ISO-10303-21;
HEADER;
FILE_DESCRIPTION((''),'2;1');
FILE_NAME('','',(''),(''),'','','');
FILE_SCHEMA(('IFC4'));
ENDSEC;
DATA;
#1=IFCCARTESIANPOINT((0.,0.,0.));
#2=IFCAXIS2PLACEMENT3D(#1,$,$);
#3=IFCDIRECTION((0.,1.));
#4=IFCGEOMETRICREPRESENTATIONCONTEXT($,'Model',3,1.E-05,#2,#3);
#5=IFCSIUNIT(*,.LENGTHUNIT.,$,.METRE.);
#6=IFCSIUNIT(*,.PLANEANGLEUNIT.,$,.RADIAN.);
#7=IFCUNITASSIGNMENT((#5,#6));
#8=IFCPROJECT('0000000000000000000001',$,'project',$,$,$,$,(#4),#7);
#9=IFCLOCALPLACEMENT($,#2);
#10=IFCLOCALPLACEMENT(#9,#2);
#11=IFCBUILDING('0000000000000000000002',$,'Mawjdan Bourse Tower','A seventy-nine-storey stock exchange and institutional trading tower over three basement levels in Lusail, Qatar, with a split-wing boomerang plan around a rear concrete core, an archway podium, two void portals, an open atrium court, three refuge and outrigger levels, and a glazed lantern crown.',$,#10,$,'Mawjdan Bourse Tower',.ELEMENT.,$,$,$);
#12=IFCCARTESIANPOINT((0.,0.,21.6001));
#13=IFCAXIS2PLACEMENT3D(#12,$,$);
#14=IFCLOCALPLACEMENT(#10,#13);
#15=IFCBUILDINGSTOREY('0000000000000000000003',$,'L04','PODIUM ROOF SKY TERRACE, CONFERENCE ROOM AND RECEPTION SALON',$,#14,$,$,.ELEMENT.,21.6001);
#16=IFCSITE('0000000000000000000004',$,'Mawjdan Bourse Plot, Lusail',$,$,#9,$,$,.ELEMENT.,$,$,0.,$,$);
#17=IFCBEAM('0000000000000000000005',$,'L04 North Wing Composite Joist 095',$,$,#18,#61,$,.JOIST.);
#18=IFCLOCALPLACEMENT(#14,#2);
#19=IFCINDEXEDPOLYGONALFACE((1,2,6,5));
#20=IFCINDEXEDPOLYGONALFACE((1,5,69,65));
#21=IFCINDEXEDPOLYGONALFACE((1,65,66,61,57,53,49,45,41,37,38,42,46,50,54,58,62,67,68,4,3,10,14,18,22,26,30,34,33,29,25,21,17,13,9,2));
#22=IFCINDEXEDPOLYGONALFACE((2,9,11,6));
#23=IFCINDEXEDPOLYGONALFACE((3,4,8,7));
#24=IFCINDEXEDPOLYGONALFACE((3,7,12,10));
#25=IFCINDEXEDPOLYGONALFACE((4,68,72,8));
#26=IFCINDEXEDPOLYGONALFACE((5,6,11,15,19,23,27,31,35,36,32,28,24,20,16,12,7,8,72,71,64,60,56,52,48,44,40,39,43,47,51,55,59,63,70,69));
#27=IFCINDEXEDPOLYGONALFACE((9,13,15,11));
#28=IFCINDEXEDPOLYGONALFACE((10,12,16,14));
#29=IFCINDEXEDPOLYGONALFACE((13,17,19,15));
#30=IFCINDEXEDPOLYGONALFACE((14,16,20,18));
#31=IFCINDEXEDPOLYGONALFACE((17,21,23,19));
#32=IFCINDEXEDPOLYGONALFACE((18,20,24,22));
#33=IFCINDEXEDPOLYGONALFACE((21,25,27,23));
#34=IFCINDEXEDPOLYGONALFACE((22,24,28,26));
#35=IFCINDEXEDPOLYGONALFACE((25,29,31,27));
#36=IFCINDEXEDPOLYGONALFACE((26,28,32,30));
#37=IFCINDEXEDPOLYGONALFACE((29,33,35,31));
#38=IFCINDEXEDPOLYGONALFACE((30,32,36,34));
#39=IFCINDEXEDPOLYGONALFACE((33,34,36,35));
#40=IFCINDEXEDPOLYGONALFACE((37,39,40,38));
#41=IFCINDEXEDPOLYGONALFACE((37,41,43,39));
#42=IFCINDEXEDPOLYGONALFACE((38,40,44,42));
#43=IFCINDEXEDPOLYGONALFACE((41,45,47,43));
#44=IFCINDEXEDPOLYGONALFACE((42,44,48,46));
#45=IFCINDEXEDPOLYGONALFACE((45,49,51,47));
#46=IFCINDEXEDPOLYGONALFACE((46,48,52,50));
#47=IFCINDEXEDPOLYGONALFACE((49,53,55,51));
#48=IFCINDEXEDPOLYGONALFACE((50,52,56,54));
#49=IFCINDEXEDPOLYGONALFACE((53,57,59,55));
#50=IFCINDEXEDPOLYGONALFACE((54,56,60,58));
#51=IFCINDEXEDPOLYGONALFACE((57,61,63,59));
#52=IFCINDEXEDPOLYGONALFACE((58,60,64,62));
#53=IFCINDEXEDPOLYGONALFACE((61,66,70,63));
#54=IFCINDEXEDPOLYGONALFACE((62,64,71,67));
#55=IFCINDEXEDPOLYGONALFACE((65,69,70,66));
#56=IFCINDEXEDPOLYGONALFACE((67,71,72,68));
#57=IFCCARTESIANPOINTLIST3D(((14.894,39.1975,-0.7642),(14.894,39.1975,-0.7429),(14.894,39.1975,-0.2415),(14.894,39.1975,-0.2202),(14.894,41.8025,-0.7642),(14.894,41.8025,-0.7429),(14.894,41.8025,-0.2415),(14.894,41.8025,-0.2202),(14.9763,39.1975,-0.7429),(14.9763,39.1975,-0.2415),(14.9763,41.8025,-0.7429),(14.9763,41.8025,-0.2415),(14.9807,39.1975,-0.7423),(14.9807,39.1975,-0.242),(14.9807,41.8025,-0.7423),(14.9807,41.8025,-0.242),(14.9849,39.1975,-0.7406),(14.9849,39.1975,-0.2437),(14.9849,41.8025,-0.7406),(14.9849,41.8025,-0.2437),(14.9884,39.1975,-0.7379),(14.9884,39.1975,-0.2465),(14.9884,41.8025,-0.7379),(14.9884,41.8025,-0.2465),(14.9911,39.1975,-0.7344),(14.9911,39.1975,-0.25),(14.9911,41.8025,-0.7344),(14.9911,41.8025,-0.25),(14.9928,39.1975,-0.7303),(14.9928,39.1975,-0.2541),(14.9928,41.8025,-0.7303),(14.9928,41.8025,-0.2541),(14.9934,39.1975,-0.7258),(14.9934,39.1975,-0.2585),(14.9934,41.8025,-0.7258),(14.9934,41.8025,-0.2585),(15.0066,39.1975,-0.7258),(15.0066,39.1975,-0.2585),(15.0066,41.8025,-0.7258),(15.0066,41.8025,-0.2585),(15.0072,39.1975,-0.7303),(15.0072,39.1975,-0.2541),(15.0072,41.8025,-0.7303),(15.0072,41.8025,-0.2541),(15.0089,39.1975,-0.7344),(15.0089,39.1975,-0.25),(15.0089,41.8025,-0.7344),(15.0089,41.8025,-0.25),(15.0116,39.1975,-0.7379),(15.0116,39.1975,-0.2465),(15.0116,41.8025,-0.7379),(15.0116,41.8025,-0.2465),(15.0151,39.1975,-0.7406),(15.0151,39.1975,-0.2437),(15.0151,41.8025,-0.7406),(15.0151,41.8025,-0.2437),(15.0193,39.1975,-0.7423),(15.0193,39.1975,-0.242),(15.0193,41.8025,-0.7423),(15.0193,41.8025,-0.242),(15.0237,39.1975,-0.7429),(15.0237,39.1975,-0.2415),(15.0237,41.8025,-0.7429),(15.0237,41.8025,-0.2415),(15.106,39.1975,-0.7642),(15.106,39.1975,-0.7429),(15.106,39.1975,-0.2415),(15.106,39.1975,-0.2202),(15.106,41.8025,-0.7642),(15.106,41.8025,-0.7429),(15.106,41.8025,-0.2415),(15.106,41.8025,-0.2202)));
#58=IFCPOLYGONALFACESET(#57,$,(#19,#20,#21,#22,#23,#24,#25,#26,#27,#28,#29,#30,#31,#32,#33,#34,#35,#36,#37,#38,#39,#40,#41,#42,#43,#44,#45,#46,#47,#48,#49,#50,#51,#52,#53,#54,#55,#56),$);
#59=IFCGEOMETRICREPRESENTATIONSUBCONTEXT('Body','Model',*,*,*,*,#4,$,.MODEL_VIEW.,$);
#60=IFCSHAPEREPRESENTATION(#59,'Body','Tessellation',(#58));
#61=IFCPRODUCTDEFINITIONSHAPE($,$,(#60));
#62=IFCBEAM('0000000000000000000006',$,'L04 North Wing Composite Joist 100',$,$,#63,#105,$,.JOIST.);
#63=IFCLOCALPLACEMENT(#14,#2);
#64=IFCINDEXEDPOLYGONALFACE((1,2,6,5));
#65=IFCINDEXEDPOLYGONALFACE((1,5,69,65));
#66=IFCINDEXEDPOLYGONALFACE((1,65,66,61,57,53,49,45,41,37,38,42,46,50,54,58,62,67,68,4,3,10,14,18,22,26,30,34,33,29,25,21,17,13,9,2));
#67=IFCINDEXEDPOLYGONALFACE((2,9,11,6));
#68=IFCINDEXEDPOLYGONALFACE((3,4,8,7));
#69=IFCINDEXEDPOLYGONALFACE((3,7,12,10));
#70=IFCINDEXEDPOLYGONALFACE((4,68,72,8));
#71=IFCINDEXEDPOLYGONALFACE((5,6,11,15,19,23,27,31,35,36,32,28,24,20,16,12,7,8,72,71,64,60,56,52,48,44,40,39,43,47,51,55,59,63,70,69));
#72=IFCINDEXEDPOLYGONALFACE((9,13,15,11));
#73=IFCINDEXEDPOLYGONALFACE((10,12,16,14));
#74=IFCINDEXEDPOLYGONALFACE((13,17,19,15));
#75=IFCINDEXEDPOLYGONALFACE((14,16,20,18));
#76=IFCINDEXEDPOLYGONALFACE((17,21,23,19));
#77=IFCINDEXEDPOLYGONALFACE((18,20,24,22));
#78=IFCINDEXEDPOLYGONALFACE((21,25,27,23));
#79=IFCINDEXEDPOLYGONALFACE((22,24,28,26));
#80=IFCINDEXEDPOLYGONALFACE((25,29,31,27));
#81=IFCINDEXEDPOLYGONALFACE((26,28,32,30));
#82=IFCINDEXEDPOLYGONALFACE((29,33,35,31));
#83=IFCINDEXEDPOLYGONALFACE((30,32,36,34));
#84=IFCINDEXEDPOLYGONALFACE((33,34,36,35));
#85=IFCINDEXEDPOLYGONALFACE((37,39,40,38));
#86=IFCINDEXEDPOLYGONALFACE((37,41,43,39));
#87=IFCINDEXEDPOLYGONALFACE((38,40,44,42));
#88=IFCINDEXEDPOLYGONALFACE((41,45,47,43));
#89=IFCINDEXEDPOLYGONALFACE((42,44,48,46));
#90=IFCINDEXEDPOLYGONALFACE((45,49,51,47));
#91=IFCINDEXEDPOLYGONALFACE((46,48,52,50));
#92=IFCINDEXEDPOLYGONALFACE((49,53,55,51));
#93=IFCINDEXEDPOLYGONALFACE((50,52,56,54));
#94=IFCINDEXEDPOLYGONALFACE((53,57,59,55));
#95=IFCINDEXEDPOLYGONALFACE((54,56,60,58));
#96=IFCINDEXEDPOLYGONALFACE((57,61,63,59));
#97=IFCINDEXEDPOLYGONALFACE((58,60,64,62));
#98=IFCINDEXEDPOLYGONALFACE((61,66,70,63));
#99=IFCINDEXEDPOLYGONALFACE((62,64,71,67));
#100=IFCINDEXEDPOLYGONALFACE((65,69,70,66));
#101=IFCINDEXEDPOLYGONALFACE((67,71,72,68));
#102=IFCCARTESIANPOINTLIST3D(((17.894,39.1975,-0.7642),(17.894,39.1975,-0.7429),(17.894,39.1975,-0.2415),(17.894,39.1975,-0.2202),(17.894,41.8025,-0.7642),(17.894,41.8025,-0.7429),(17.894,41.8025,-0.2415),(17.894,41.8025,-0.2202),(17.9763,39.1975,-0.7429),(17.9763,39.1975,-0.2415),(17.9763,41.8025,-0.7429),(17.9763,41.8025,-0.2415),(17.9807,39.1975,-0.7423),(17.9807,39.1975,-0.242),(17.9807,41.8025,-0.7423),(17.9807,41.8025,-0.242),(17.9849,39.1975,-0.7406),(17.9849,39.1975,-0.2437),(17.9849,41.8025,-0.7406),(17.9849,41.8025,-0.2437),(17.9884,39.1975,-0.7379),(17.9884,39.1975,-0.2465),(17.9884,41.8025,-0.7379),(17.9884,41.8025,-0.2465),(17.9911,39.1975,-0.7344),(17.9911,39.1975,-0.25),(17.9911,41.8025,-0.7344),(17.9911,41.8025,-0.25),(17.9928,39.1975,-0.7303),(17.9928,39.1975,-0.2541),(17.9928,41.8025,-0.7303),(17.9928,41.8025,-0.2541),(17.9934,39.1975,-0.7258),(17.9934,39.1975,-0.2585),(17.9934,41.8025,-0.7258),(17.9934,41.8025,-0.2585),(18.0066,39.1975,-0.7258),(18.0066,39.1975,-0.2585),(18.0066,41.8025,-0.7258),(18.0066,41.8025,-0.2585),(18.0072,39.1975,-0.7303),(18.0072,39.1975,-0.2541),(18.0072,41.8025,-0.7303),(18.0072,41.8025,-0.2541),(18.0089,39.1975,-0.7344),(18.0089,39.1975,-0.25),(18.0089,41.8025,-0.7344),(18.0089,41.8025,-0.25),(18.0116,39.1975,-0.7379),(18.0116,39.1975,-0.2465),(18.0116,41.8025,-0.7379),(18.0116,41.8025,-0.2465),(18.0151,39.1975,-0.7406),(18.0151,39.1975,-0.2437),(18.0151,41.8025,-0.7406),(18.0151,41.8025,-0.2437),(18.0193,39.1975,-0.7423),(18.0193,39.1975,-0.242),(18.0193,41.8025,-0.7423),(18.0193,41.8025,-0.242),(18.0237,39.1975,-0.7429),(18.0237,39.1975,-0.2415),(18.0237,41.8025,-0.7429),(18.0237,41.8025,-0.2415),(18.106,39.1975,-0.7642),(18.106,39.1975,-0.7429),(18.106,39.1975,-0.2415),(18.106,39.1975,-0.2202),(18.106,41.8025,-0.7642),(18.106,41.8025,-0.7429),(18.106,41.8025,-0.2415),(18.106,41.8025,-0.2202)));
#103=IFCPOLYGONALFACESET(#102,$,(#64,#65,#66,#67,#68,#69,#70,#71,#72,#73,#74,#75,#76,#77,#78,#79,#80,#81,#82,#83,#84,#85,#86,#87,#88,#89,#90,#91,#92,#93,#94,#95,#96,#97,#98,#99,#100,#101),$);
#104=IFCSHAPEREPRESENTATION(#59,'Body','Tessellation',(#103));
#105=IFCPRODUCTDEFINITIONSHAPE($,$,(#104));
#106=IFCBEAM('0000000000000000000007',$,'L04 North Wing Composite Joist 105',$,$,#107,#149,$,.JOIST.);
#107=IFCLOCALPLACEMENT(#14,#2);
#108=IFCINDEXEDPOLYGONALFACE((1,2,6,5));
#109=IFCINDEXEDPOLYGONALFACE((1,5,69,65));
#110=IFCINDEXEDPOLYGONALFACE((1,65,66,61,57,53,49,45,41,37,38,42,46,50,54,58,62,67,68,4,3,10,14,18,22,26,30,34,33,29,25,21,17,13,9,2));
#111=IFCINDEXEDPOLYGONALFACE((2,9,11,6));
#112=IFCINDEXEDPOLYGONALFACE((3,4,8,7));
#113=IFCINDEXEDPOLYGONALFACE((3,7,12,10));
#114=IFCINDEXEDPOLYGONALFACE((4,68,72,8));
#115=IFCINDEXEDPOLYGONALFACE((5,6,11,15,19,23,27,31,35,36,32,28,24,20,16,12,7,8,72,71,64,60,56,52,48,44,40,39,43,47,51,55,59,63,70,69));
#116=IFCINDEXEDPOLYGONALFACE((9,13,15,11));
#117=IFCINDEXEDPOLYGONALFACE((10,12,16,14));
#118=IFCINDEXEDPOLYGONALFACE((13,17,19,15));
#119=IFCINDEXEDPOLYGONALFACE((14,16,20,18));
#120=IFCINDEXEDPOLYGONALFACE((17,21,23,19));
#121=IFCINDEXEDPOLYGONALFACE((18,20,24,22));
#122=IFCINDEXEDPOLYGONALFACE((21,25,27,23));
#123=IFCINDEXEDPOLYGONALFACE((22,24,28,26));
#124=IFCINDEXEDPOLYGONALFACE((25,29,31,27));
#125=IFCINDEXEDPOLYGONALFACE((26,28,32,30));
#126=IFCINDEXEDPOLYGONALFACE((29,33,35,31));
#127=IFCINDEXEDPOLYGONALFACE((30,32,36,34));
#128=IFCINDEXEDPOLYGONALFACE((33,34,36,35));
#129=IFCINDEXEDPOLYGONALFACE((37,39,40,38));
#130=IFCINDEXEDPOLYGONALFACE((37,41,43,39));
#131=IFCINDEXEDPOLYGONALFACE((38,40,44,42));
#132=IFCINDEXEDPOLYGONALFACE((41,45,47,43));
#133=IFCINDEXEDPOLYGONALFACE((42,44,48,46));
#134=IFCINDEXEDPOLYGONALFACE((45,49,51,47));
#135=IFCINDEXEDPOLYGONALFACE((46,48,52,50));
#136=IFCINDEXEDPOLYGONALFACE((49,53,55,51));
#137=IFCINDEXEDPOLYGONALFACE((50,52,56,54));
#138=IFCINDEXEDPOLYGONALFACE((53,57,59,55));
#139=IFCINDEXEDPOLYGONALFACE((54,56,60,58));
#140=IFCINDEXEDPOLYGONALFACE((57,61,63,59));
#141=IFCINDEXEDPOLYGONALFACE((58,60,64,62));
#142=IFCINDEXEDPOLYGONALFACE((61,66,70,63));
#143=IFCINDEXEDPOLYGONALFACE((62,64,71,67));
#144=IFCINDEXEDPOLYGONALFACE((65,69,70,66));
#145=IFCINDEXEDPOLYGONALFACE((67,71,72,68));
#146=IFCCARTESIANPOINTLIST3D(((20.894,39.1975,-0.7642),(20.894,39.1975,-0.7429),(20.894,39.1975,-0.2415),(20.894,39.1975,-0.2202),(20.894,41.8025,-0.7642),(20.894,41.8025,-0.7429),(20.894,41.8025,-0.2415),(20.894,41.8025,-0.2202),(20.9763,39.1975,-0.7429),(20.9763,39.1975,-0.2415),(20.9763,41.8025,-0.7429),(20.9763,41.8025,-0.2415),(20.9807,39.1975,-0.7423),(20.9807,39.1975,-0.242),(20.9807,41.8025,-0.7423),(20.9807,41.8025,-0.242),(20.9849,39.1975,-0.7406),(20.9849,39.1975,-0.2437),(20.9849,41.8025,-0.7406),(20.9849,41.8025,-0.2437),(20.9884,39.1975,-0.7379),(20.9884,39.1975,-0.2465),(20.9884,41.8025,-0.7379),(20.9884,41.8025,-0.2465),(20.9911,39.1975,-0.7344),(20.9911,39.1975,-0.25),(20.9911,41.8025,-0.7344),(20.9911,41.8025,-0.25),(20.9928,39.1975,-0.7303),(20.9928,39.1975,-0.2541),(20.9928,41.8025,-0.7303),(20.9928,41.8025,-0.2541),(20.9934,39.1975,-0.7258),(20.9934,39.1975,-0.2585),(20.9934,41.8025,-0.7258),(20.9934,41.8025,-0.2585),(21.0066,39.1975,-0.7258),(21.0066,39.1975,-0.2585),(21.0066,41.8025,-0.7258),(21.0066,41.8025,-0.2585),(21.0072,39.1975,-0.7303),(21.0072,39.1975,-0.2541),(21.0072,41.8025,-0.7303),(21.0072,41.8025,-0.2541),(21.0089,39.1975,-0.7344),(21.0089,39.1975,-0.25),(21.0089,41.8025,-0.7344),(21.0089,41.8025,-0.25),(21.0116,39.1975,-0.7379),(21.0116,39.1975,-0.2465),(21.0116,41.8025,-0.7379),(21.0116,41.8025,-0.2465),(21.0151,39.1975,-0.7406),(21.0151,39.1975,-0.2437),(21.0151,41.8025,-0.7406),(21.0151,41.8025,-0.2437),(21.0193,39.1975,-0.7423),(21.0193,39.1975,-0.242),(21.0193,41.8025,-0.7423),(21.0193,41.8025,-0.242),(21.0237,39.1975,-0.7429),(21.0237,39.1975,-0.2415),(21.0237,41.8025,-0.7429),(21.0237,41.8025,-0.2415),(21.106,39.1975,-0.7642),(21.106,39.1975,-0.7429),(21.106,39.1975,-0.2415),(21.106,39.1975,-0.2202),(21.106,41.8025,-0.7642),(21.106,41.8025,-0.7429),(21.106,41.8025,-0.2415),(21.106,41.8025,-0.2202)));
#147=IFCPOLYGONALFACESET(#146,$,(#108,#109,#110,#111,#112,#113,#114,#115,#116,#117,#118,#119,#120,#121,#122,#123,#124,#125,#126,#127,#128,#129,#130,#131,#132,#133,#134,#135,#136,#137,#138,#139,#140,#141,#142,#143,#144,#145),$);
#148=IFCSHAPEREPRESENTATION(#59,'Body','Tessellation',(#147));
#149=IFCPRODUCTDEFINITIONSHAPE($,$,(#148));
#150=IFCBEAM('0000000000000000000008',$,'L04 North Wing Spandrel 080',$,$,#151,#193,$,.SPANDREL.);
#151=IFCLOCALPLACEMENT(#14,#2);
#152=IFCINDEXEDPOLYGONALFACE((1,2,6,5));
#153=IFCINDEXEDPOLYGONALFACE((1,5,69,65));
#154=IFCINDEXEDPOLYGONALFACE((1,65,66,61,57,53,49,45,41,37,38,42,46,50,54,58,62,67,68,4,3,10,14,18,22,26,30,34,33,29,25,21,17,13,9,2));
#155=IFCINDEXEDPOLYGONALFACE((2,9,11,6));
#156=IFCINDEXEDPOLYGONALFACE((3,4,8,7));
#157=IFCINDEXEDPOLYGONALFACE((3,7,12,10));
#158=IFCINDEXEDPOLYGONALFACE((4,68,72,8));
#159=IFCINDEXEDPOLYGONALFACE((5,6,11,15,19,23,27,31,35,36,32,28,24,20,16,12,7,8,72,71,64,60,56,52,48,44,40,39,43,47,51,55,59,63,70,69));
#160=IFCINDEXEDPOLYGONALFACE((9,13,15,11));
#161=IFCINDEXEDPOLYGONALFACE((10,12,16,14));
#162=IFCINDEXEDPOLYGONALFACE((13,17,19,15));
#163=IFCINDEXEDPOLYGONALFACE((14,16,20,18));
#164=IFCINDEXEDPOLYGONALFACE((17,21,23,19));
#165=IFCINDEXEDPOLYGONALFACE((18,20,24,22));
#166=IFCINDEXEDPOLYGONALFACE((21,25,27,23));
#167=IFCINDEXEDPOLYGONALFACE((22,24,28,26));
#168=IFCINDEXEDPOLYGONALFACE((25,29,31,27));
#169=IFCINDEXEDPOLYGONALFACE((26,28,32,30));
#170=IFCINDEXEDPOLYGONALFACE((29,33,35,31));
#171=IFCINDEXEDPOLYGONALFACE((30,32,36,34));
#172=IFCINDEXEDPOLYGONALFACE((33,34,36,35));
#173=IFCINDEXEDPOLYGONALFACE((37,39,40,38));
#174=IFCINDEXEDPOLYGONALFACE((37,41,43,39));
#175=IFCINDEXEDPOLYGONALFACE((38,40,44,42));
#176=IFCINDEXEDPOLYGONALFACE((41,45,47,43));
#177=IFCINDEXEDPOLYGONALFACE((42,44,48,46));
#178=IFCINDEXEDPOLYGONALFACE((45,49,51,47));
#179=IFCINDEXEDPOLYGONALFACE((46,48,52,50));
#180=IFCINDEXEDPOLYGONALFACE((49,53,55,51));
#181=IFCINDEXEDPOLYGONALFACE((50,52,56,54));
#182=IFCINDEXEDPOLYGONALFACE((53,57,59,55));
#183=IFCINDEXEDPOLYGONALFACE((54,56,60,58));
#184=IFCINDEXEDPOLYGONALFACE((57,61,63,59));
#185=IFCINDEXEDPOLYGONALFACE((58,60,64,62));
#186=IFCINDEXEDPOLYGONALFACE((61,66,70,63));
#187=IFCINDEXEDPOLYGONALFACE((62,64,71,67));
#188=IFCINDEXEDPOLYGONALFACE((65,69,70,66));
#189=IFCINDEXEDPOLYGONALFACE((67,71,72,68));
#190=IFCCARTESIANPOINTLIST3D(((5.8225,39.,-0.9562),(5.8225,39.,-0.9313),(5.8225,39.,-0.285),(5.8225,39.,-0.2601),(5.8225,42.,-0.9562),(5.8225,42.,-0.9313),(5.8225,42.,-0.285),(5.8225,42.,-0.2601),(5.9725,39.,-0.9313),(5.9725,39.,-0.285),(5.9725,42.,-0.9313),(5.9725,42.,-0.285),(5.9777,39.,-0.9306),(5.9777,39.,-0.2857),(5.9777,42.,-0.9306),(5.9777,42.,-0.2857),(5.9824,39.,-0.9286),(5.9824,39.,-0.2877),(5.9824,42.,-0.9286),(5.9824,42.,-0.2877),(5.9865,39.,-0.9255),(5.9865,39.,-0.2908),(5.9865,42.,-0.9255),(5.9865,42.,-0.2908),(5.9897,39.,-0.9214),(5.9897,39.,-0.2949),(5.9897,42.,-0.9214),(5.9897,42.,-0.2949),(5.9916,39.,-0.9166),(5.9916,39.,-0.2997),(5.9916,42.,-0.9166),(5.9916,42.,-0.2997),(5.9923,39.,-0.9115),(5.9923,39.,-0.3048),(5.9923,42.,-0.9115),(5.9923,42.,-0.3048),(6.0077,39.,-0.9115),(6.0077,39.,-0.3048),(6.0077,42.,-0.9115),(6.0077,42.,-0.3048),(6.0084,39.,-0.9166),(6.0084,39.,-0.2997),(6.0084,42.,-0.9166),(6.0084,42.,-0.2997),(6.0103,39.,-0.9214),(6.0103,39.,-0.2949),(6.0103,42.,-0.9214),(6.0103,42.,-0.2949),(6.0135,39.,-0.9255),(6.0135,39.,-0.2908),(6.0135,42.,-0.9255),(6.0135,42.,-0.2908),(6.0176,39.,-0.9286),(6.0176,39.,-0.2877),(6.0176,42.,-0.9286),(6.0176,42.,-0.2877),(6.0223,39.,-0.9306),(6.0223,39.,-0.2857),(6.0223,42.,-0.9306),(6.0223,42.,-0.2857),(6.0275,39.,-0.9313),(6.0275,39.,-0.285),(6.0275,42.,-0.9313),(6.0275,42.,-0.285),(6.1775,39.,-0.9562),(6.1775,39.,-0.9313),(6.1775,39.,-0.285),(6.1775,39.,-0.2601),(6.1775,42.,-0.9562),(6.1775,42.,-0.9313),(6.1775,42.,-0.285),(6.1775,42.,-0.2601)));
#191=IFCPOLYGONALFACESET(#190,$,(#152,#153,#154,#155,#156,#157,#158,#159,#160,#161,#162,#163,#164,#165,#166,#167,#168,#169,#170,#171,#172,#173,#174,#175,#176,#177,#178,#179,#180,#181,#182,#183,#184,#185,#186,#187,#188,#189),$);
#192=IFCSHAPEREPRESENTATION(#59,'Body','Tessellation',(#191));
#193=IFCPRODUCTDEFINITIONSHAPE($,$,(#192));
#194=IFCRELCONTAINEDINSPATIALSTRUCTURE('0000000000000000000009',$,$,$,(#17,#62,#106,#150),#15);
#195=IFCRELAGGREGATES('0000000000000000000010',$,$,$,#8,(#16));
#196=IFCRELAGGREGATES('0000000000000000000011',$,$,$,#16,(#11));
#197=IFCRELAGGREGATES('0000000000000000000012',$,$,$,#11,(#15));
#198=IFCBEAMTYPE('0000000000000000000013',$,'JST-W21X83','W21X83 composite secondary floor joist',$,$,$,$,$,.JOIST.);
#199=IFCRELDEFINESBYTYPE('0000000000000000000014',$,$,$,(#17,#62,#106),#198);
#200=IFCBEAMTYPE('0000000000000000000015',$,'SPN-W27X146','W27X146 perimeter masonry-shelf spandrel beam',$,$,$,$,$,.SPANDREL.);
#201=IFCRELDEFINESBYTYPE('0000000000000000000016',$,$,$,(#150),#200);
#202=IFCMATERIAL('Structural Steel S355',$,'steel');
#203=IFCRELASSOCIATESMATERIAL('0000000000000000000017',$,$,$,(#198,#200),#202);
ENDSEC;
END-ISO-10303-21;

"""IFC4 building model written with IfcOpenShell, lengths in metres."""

from ifc_helpers import new_model, si_unit, direction, frame, origin, origin_2d, place, context, subcontext, project, spatial, i_section, extrude, material, material_profile, profile_set, type_object, element, save


model = new_model("IFC4")

# Units and contexts
model_context = context("Model", 3, precision=1e-05, world=origin(), true_north=direction((0.0, 1.0)))
body_context = subcontext(model_context, "Body", "Model", "MODEL_VIEW")
ifc_project = project(units=[si_unit("LENGTHUNIT", "METRE"), si_unit("PLANEANGLEUNIT", "RADIAN")], contexts=[model_context])

# Site, building, storey
site_placement = place(None, origin())
site = spatial("IfcSite", under=ifc_project, at=site_placement, Name="Mawjdan Bourse Plot, Lusail", CompositionType="ELEMENT", RefElevation=0.0)
building_placement = place(site_placement, origin())
building = spatial("IfcBuilding", under=site, at=building_placement, Name="Mawjdan Bourse Tower", Description="A seventy-nine-storey stock exchange and institutional trading tower over three basement levels in Lusail, Qatar, with a split-wing boomerang plan around a rear concrete core, an archway podium, two void portals, an open atrium court, three refuge and outrigger levels, and a glazed lantern crown.", LongName="Mawjdan Bourse Tower", CompositionType="ELEMENT")
storey_placement = place(building_placement, frame((0.0, 0.0, 21.6001)))
storey = spatial("IfcBuildingStorey", under=building, at=storey_placement, Name="L04", Description="PODIUM ROOF SKY TERRACE, CONFERENCE ROOM AND RECEPTION SALON", CompositionType="ELEMENT", Elevation=21.6001)

# Beams
ifc_material_1 = material(Name="Structural Steel S355", Category="steel")
ifc_material_profile_1 = material_profile(ifc_material_1, i_section(OverallWidth=0.2119, OverallDepth=0.5439, WebThickness=0.0132, FlangeThickness=0.0212, FilletRadius=0.0171, at=origin_2d()), Name="W21X83")
ifc_profile_set_1 = profile_set([ifc_material_profile_1], Name="Structural Steel S355")
beam_type_1 = type_object("IfcBeamType", Name="JST-W21X83", Description="W21X83 composite secondary floor joist", PredefinedType="JOIST", material=ifc_profile_set_1)
for number, where, z_axis, x_axis, name in (
    (1, (15.0, 39.1975, -0.4922), (0.0, 1.0, 0.0), (-1.0, 0.0, 0.0), "L04 North Wing Composite Joist 095"),
    (2, (18.0, 39.1975, -0.4922), (0.0, 1.0, 0.0), (-1.0, 0.0, 0.0), "L04 North Wing Composite Joist 100"),
    (3, (21.0, 39.1975, -0.4922), (0.0, 1.0, 0.0), (-1.0, 0.0, 0.0), "L04 North Wing Composite Joist 105"),
):
    element("IfcBeam", number, at=place(storey_placement, frame(where, z_axis=z_axis, x_axis=x_axis)), inside=storey, type_object=beam_type_1, Name=name, PredefinedType="JOIST", context=body_context, shape_type="SweptSolid", body=[
        extrude(i_section(OverallWidth=0.2119, OverallDepth=0.5439, WebThickness=0.0132, FlangeThickness=0.0212, FilletRadius=0.0171, at=origin_2d()), origin(), (0.0, 0.0, 1.0), 2.605),
    ])
ifc_material_profile_2 = material_profile(ifc_material_1, i_section(OverallWidth=0.355, OverallDepth=0.696, WebThickness=0.0154, FlangeThickness=0.0249, FilletRadius=0.0198, at=origin_2d()), Name="W27X146")
ifc_profile_set_2 = profile_set([ifc_material_profile_2], Name="Structural Steel S355")
beam_type_2 = type_object("IfcBeamType", Name="SPN-W27X146", Description="W27X146 perimeter masonry-shelf spandrel beam", PredefinedType="SPANDREL", material=ifc_profile_set_2)
beam_placement = place(storey_placement, frame((6.0, 39.0, -0.6082), z_axis=(0.0, 1.0, 0.0), x_axis=(-1.0, 0.0, 0.0)))
element("IfcBeam", 4, at=beam_placement, inside=storey, type_object=beam_type_2, Name="L04 North Wing Spandrel 080", PredefinedType="SPANDREL", context=body_context, shape_type="SweptSolid", body=[
    extrude(i_section(OverallWidth=0.355, OverallDepth=0.696, WebThickness=0.0154, FlangeThickness=0.0249, FilletRadius=0.0198, at=origin_2d()), origin(), (0.0, 0.0, 1.0), 3.0),
])

save(model, "model.ifc")
